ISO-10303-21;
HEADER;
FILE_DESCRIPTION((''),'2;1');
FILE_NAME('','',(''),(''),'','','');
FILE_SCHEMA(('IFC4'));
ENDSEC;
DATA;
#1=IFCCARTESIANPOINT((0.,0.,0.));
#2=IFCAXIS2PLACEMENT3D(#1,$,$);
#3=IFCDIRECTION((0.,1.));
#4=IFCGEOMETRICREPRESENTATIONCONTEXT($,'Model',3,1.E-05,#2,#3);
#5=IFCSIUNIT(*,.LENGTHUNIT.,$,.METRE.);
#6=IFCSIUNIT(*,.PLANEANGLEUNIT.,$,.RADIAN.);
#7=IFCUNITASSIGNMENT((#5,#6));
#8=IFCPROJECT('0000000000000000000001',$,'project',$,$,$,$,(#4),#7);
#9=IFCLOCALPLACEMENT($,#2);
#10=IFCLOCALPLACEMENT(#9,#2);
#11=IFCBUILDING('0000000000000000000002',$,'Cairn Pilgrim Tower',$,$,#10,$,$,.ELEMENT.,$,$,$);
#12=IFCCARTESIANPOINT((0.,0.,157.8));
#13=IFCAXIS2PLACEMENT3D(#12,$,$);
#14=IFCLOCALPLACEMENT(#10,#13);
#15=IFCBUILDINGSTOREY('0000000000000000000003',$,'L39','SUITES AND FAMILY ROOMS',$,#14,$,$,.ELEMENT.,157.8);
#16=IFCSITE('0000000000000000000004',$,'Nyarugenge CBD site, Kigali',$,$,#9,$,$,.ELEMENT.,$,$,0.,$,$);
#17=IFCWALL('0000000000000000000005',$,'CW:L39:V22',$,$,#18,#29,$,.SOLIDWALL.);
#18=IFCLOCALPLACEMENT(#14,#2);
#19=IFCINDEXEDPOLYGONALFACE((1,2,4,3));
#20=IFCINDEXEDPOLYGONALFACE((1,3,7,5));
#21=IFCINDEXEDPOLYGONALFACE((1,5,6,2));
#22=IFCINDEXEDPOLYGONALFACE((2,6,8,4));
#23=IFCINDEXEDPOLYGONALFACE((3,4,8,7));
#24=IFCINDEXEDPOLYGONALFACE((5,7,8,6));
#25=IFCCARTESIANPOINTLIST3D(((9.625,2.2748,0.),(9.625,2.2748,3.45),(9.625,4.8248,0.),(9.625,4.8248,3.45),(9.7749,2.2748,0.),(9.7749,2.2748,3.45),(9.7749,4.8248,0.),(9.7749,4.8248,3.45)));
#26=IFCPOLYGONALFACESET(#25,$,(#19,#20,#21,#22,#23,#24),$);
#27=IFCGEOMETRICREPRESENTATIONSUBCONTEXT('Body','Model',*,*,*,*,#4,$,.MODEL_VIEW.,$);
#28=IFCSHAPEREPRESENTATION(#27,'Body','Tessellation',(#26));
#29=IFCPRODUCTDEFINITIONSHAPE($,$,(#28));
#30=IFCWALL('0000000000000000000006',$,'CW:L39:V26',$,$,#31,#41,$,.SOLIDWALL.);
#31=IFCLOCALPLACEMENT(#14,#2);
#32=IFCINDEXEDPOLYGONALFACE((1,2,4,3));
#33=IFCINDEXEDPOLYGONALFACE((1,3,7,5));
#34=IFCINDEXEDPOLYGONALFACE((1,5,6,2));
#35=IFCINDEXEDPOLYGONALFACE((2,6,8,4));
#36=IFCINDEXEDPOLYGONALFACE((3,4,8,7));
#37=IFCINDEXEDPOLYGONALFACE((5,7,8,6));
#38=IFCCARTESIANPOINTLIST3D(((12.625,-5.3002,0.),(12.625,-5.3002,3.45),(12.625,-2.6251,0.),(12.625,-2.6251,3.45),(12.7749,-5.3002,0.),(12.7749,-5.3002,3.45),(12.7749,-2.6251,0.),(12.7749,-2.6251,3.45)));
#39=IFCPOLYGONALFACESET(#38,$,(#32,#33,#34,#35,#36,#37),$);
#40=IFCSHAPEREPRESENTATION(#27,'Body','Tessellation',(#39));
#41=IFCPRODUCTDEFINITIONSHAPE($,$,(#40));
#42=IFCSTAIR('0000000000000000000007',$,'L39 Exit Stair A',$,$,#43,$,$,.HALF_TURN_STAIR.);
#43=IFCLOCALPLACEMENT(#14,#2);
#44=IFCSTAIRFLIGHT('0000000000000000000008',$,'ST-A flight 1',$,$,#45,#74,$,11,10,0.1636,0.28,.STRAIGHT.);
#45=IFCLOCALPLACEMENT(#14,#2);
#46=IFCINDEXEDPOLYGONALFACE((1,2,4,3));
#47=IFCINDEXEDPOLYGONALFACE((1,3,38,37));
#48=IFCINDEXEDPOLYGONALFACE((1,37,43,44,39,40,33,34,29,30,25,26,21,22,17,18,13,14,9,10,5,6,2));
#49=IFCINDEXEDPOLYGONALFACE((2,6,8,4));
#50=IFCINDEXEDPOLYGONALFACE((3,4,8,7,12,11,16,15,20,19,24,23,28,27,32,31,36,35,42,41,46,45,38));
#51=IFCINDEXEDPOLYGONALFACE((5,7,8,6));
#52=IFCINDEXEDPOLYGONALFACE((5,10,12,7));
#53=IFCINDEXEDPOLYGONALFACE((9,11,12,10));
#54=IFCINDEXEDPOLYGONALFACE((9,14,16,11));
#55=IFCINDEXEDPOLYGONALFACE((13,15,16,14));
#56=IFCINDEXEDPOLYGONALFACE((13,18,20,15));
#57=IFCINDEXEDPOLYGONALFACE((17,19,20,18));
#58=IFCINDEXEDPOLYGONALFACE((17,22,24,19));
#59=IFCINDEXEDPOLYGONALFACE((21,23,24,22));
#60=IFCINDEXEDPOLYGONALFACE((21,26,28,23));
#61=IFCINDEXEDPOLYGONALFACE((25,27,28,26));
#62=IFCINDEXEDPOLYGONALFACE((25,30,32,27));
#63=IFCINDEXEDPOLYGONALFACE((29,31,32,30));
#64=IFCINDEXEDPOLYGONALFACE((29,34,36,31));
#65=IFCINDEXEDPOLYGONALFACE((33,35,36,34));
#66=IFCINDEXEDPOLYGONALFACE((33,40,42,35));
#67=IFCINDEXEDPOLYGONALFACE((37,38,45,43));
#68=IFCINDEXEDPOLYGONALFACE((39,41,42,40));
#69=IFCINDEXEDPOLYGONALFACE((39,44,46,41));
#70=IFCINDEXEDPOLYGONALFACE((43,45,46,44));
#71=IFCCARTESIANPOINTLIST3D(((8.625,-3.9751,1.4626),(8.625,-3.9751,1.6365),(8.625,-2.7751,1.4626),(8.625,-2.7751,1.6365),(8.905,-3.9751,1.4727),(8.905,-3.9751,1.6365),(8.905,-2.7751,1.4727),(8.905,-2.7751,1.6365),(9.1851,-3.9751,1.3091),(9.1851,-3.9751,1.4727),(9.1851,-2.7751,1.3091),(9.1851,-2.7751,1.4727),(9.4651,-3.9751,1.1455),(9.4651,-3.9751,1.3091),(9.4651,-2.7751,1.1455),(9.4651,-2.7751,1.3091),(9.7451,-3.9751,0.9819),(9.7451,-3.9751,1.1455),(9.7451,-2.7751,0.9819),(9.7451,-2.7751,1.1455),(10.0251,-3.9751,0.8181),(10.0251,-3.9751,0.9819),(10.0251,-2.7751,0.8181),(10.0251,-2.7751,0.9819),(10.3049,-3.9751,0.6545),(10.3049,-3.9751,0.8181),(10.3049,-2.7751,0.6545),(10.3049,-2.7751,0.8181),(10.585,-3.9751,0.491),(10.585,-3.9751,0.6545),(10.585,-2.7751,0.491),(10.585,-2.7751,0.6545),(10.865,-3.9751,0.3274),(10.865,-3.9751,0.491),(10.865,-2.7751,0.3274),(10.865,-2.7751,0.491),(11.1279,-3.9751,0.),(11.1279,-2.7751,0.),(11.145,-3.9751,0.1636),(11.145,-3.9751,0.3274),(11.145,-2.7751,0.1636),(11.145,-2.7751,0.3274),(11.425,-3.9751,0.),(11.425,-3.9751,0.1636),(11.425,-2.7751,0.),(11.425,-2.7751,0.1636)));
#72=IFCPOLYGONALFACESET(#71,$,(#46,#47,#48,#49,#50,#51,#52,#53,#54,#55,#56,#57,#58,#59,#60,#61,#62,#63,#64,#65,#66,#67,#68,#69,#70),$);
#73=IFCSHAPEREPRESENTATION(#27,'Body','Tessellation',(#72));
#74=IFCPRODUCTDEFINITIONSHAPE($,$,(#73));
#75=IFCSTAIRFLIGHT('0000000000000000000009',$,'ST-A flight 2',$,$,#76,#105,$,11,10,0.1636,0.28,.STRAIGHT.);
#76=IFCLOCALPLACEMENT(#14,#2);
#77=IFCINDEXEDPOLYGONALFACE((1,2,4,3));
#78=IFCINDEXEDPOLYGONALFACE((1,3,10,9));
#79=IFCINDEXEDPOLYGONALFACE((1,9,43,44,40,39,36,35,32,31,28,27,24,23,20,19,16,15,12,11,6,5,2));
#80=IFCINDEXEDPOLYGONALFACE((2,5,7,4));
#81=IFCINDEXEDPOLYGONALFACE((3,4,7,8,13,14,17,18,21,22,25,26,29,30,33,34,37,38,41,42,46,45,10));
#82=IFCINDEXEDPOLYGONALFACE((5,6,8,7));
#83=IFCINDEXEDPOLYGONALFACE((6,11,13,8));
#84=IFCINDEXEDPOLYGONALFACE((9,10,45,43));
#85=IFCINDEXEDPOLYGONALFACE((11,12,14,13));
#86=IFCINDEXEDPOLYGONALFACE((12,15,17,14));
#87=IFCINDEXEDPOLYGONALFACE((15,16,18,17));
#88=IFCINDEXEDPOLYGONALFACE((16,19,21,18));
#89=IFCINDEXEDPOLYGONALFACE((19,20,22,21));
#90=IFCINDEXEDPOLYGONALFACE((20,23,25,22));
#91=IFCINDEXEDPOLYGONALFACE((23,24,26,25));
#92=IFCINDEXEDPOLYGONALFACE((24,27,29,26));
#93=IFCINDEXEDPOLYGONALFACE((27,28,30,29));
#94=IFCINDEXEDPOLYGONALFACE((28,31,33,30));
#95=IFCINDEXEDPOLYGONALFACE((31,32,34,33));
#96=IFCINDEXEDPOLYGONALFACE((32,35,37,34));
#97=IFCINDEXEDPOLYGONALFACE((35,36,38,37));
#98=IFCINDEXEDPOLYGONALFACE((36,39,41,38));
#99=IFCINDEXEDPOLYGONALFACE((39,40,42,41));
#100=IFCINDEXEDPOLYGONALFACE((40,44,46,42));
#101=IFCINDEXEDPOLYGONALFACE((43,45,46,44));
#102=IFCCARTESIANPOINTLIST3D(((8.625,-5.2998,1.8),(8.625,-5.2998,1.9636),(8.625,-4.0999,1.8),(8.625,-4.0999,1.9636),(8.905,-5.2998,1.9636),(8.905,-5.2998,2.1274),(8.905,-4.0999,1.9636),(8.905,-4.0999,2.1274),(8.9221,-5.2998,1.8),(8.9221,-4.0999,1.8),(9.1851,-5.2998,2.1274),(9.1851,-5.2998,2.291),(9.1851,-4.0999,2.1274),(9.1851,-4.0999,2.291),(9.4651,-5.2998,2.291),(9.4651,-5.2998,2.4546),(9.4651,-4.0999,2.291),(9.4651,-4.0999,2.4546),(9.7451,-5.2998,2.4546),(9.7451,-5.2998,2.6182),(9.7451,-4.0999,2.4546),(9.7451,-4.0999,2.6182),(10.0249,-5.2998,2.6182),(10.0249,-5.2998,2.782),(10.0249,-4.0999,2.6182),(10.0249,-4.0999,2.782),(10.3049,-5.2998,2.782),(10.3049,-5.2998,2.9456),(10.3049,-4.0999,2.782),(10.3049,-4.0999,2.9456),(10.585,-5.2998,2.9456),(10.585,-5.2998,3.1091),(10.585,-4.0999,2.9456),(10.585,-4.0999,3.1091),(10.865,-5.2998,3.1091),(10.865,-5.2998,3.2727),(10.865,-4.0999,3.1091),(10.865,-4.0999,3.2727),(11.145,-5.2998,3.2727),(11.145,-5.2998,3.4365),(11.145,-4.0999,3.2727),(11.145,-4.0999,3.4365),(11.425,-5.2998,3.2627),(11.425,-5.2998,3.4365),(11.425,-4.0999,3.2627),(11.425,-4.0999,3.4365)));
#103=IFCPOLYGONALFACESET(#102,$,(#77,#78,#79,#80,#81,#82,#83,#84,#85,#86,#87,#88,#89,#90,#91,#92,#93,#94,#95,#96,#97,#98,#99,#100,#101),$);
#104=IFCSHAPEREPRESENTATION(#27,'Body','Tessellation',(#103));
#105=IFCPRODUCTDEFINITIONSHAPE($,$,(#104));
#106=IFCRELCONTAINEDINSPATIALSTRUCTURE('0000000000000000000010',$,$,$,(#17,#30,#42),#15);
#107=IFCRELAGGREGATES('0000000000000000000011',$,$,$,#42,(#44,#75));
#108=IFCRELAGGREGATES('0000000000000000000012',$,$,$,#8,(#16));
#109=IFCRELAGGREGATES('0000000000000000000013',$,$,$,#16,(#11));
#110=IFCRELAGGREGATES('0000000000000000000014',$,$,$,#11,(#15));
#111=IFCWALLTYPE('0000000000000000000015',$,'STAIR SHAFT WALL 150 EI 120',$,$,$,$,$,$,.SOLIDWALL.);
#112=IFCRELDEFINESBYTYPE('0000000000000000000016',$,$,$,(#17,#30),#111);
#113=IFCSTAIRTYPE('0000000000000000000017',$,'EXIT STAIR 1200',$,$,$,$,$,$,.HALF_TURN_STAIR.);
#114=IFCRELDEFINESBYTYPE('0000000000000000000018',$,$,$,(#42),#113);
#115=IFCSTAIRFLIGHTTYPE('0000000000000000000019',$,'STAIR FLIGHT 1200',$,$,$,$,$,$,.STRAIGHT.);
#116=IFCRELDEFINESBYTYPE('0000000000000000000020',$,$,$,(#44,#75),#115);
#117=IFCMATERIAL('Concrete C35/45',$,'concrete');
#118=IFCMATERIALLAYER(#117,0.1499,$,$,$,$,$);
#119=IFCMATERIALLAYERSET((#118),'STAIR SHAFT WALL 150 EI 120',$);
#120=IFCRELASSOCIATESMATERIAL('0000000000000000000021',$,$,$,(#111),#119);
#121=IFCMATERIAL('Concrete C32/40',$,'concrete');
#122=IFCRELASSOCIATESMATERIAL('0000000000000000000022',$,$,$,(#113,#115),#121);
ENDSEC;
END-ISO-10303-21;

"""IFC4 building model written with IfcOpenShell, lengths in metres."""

from ifc_helpers import new_model, si_unit, direction, frame, frame_2d, origin, place, context, subcontext, project, spatial, polyline, rectangle, outline, extrude, material, layer, layer_set, type_object, element, aggregate, save


model = new_model("IFC4")

# Units and contexts
model_context = context("Model", 3, precision=1e-05, world=origin(), true_north=direction((0.0, 1.0)))
body_context = subcontext(model_context, "Body", "Model", "MODEL_VIEW")
ifc_project = project(units=[si_unit("LENGTHUNIT", "METRE"), si_unit("PLANEANGLEUNIT", "RADIAN")], contexts=[model_context])

# Site, building, storey
site_placement = place(None, origin())
site = spatial("IfcSite", under=ifc_project, at=site_placement, Name="Nyarugenge CBD site, Kigali", CompositionType="ELEMENT", RefElevation=0.0)
building_placement = place(site_placement, origin())
building = spatial("IfcBuilding", under=site, at=building_placement, Name="Cairn Pilgrim Tower", CompositionType="ELEMENT")
storey_placement = place(building_placement, frame((0.0, 0.0, 157.8)))
storey = spatial("IfcBuildingStorey", under=building, at=storey_placement, Name="L39", Description="SUITES AND FAMILY ROOMS", CompositionType="ELEMENT", Elevation=157.8)

# Shared definitions
ifc_material_1 = material(Name="Concrete C32/40", Category="concrete")

# Walls
ifc_material_2 = material(Name="Concrete C35/45", Category="concrete")
ifc_layer_1 = layer(ifc_material_2, 0.1499)
ifc_layer_set_1 = layer_set([ifc_layer_1], Name="STAIR SHAFT WALL 150 EI 120")
wall_type_1 = type_object("IfcWallType", Name="STAIR SHAFT WALL 150 EI 120", PredefinedType="SOLIDWALL", material=ifc_layer_set_1)
wall_1_placement = place(storey_placement, frame((9.7, 2.2749, 0.0), z_axis=(0.0, 0.0, 1.0), x_axis=(0.0, 1.0, 0.0)))
element("IfcWall", 1, at=wall_1_placement, inside=storey, type_object=wall_type_1, Name="CW:L39:V22", PredefinedType="SOLIDWALL", context=body_context, shape_type="SweptSolid", body=[
    extrude(rectangle(XDim=2.55, YDim=0.1499, at=frame_2d((1.2749, 0.0))), origin(), (0.0, 0.0, 1.0), 3.45),
])
wall_2_placement = place(storey_placement, frame((12.7, -5.3, 0.0), z_axis=(0.0, 0.0, 1.0), x_axis=(0.0, 1.0, 0.0)))
element("IfcWall", 2, at=wall_2_placement, inside=storey, type_object=wall_type_1, Name="CW:L39:V26", PredefinedType="SOLIDWALL", context=body_context, shape_type="SweptSolid", body=[
    extrude(rectangle(XDim=2.675, YDim=0.1499, at=frame_2d((1.3374, 0.0))), origin(), (0.0, 0.0, 1.0), 3.45),
])

# Stair, stair flights
stair_type = type_object("IfcStairType", Name="EXIT STAIR 1200", PredefinedType="HALF_TURN_STAIR", material=ifc_material_1)
stair_placement = place(storey_placement, origin())
stair = element("IfcStair", 3, at=stair_placement, inside=storey, type_object=stair_type, Name="L39 Exit Stair A", PredefinedType="HALF_TURN_STAIR")
stair_flight_type = type_object("IfcStairFlightType", Name="STAIR FLIGHT 1200", PredefinedType="STRAIGHT", material=ifc_material_1)
stair_flight_1_placement = place(storey_placement, frame((11.425, -3.375, 0.0), z_axis=(0.0, 0.0, 1.0), x_axis=(-1.0, 0.0, 0.0)))
stair_flight_1 = element("IfcStairFlight", 4, at=stair_flight_1_placement, type_object=stair_flight_type, Name="ST-A flight 1", NumberOfRisers=11, NumberOfTreads=10, PredefinedType="STRAIGHT", RiserHeight=0.1636, TreadLength=0.28, context=body_context, shape_type="SweptSolid", body=[
    extrude(outline(polyline([(0.0, 0.0), (0.0, 0.1636), (0.28, 0.1636), (0.28, 0.3274), (0.5601, 0.3274), (0.5601, 0.491), (0.8401, 0.491), (0.8401, 0.6545), (1.1201, 0.6545), (1.1201, 0.8181), (1.3999, 0.8181), (1.3999, 0.9819), (1.6799, 0.9819), (1.6799, 1.1455), (1.96, 1.1455), (1.96, 1.3091), (2.24, 1.3091), (2.24, 1.4727), (2.52, 1.4727), (2.52, 1.6365), (2.8, 1.6365), (2.8, 1.8), (2.8, 1.4626), (0.2971, 0.0), (0.0, 0.0)])), frame((0.0, 0.6001, 0.0), z_axis=(0.0, -1.0, 0.0), x_axis=(1.0, 0.0, 0.0)), (0.0, 0.0, 1.0), 1.2),
])
stair_flight_2_placement = place(storey_placement, frame((8.625, -4.7, 1.8), z_axis=(0.0, 0.0, 1.0), x_axis=(1.0, 0.0, 0.0)))
stair_flight_2 = element("IfcStairFlight", 5, at=stair_flight_2_placement, type_object=stair_flight_type, Name="ST-A flight 2", NumberOfRisers=11, NumberOfTreads=10, PredefinedType="STRAIGHT", RiserHeight=0.1636, TreadLength=0.28, context=body_context, shape_type="SweptSolid", body=[
    extrude(outline(polyline([(0.0, 0.0), (0.0, 0.1636), (0.28, 0.1636), (0.28, 0.3274), (0.5601, 0.3274), (0.5601, 0.491), (0.8401, 0.491), (0.8401, 0.6545), (1.1201, 0.6545), (1.1201, 0.8181), (1.3999, 0.8181), (1.3999, 0.9819), (1.6799, 0.9819), (1.6799, 1.1455), (1.96, 1.1455), (1.96, 1.3091), (2.24, 1.3091), (2.24, 1.4727), (2.52, 1.4727), (2.52, 1.6365), (2.8, 1.6365), (2.8, 1.8), (2.8, 1.4626), (0.2971, 0.0), (0.0, 0.0)])), frame((0.0, 0.6001, 0.0), z_axis=(0.0, -1.0, 0.0), x_axis=(1.0, 0.0, 0.0)), (0.0, 0.0, 1.0), 1.2),
])
aggregate(stair, [stair_flight_1, stair_flight_2])

save(model, "model.ifc")
